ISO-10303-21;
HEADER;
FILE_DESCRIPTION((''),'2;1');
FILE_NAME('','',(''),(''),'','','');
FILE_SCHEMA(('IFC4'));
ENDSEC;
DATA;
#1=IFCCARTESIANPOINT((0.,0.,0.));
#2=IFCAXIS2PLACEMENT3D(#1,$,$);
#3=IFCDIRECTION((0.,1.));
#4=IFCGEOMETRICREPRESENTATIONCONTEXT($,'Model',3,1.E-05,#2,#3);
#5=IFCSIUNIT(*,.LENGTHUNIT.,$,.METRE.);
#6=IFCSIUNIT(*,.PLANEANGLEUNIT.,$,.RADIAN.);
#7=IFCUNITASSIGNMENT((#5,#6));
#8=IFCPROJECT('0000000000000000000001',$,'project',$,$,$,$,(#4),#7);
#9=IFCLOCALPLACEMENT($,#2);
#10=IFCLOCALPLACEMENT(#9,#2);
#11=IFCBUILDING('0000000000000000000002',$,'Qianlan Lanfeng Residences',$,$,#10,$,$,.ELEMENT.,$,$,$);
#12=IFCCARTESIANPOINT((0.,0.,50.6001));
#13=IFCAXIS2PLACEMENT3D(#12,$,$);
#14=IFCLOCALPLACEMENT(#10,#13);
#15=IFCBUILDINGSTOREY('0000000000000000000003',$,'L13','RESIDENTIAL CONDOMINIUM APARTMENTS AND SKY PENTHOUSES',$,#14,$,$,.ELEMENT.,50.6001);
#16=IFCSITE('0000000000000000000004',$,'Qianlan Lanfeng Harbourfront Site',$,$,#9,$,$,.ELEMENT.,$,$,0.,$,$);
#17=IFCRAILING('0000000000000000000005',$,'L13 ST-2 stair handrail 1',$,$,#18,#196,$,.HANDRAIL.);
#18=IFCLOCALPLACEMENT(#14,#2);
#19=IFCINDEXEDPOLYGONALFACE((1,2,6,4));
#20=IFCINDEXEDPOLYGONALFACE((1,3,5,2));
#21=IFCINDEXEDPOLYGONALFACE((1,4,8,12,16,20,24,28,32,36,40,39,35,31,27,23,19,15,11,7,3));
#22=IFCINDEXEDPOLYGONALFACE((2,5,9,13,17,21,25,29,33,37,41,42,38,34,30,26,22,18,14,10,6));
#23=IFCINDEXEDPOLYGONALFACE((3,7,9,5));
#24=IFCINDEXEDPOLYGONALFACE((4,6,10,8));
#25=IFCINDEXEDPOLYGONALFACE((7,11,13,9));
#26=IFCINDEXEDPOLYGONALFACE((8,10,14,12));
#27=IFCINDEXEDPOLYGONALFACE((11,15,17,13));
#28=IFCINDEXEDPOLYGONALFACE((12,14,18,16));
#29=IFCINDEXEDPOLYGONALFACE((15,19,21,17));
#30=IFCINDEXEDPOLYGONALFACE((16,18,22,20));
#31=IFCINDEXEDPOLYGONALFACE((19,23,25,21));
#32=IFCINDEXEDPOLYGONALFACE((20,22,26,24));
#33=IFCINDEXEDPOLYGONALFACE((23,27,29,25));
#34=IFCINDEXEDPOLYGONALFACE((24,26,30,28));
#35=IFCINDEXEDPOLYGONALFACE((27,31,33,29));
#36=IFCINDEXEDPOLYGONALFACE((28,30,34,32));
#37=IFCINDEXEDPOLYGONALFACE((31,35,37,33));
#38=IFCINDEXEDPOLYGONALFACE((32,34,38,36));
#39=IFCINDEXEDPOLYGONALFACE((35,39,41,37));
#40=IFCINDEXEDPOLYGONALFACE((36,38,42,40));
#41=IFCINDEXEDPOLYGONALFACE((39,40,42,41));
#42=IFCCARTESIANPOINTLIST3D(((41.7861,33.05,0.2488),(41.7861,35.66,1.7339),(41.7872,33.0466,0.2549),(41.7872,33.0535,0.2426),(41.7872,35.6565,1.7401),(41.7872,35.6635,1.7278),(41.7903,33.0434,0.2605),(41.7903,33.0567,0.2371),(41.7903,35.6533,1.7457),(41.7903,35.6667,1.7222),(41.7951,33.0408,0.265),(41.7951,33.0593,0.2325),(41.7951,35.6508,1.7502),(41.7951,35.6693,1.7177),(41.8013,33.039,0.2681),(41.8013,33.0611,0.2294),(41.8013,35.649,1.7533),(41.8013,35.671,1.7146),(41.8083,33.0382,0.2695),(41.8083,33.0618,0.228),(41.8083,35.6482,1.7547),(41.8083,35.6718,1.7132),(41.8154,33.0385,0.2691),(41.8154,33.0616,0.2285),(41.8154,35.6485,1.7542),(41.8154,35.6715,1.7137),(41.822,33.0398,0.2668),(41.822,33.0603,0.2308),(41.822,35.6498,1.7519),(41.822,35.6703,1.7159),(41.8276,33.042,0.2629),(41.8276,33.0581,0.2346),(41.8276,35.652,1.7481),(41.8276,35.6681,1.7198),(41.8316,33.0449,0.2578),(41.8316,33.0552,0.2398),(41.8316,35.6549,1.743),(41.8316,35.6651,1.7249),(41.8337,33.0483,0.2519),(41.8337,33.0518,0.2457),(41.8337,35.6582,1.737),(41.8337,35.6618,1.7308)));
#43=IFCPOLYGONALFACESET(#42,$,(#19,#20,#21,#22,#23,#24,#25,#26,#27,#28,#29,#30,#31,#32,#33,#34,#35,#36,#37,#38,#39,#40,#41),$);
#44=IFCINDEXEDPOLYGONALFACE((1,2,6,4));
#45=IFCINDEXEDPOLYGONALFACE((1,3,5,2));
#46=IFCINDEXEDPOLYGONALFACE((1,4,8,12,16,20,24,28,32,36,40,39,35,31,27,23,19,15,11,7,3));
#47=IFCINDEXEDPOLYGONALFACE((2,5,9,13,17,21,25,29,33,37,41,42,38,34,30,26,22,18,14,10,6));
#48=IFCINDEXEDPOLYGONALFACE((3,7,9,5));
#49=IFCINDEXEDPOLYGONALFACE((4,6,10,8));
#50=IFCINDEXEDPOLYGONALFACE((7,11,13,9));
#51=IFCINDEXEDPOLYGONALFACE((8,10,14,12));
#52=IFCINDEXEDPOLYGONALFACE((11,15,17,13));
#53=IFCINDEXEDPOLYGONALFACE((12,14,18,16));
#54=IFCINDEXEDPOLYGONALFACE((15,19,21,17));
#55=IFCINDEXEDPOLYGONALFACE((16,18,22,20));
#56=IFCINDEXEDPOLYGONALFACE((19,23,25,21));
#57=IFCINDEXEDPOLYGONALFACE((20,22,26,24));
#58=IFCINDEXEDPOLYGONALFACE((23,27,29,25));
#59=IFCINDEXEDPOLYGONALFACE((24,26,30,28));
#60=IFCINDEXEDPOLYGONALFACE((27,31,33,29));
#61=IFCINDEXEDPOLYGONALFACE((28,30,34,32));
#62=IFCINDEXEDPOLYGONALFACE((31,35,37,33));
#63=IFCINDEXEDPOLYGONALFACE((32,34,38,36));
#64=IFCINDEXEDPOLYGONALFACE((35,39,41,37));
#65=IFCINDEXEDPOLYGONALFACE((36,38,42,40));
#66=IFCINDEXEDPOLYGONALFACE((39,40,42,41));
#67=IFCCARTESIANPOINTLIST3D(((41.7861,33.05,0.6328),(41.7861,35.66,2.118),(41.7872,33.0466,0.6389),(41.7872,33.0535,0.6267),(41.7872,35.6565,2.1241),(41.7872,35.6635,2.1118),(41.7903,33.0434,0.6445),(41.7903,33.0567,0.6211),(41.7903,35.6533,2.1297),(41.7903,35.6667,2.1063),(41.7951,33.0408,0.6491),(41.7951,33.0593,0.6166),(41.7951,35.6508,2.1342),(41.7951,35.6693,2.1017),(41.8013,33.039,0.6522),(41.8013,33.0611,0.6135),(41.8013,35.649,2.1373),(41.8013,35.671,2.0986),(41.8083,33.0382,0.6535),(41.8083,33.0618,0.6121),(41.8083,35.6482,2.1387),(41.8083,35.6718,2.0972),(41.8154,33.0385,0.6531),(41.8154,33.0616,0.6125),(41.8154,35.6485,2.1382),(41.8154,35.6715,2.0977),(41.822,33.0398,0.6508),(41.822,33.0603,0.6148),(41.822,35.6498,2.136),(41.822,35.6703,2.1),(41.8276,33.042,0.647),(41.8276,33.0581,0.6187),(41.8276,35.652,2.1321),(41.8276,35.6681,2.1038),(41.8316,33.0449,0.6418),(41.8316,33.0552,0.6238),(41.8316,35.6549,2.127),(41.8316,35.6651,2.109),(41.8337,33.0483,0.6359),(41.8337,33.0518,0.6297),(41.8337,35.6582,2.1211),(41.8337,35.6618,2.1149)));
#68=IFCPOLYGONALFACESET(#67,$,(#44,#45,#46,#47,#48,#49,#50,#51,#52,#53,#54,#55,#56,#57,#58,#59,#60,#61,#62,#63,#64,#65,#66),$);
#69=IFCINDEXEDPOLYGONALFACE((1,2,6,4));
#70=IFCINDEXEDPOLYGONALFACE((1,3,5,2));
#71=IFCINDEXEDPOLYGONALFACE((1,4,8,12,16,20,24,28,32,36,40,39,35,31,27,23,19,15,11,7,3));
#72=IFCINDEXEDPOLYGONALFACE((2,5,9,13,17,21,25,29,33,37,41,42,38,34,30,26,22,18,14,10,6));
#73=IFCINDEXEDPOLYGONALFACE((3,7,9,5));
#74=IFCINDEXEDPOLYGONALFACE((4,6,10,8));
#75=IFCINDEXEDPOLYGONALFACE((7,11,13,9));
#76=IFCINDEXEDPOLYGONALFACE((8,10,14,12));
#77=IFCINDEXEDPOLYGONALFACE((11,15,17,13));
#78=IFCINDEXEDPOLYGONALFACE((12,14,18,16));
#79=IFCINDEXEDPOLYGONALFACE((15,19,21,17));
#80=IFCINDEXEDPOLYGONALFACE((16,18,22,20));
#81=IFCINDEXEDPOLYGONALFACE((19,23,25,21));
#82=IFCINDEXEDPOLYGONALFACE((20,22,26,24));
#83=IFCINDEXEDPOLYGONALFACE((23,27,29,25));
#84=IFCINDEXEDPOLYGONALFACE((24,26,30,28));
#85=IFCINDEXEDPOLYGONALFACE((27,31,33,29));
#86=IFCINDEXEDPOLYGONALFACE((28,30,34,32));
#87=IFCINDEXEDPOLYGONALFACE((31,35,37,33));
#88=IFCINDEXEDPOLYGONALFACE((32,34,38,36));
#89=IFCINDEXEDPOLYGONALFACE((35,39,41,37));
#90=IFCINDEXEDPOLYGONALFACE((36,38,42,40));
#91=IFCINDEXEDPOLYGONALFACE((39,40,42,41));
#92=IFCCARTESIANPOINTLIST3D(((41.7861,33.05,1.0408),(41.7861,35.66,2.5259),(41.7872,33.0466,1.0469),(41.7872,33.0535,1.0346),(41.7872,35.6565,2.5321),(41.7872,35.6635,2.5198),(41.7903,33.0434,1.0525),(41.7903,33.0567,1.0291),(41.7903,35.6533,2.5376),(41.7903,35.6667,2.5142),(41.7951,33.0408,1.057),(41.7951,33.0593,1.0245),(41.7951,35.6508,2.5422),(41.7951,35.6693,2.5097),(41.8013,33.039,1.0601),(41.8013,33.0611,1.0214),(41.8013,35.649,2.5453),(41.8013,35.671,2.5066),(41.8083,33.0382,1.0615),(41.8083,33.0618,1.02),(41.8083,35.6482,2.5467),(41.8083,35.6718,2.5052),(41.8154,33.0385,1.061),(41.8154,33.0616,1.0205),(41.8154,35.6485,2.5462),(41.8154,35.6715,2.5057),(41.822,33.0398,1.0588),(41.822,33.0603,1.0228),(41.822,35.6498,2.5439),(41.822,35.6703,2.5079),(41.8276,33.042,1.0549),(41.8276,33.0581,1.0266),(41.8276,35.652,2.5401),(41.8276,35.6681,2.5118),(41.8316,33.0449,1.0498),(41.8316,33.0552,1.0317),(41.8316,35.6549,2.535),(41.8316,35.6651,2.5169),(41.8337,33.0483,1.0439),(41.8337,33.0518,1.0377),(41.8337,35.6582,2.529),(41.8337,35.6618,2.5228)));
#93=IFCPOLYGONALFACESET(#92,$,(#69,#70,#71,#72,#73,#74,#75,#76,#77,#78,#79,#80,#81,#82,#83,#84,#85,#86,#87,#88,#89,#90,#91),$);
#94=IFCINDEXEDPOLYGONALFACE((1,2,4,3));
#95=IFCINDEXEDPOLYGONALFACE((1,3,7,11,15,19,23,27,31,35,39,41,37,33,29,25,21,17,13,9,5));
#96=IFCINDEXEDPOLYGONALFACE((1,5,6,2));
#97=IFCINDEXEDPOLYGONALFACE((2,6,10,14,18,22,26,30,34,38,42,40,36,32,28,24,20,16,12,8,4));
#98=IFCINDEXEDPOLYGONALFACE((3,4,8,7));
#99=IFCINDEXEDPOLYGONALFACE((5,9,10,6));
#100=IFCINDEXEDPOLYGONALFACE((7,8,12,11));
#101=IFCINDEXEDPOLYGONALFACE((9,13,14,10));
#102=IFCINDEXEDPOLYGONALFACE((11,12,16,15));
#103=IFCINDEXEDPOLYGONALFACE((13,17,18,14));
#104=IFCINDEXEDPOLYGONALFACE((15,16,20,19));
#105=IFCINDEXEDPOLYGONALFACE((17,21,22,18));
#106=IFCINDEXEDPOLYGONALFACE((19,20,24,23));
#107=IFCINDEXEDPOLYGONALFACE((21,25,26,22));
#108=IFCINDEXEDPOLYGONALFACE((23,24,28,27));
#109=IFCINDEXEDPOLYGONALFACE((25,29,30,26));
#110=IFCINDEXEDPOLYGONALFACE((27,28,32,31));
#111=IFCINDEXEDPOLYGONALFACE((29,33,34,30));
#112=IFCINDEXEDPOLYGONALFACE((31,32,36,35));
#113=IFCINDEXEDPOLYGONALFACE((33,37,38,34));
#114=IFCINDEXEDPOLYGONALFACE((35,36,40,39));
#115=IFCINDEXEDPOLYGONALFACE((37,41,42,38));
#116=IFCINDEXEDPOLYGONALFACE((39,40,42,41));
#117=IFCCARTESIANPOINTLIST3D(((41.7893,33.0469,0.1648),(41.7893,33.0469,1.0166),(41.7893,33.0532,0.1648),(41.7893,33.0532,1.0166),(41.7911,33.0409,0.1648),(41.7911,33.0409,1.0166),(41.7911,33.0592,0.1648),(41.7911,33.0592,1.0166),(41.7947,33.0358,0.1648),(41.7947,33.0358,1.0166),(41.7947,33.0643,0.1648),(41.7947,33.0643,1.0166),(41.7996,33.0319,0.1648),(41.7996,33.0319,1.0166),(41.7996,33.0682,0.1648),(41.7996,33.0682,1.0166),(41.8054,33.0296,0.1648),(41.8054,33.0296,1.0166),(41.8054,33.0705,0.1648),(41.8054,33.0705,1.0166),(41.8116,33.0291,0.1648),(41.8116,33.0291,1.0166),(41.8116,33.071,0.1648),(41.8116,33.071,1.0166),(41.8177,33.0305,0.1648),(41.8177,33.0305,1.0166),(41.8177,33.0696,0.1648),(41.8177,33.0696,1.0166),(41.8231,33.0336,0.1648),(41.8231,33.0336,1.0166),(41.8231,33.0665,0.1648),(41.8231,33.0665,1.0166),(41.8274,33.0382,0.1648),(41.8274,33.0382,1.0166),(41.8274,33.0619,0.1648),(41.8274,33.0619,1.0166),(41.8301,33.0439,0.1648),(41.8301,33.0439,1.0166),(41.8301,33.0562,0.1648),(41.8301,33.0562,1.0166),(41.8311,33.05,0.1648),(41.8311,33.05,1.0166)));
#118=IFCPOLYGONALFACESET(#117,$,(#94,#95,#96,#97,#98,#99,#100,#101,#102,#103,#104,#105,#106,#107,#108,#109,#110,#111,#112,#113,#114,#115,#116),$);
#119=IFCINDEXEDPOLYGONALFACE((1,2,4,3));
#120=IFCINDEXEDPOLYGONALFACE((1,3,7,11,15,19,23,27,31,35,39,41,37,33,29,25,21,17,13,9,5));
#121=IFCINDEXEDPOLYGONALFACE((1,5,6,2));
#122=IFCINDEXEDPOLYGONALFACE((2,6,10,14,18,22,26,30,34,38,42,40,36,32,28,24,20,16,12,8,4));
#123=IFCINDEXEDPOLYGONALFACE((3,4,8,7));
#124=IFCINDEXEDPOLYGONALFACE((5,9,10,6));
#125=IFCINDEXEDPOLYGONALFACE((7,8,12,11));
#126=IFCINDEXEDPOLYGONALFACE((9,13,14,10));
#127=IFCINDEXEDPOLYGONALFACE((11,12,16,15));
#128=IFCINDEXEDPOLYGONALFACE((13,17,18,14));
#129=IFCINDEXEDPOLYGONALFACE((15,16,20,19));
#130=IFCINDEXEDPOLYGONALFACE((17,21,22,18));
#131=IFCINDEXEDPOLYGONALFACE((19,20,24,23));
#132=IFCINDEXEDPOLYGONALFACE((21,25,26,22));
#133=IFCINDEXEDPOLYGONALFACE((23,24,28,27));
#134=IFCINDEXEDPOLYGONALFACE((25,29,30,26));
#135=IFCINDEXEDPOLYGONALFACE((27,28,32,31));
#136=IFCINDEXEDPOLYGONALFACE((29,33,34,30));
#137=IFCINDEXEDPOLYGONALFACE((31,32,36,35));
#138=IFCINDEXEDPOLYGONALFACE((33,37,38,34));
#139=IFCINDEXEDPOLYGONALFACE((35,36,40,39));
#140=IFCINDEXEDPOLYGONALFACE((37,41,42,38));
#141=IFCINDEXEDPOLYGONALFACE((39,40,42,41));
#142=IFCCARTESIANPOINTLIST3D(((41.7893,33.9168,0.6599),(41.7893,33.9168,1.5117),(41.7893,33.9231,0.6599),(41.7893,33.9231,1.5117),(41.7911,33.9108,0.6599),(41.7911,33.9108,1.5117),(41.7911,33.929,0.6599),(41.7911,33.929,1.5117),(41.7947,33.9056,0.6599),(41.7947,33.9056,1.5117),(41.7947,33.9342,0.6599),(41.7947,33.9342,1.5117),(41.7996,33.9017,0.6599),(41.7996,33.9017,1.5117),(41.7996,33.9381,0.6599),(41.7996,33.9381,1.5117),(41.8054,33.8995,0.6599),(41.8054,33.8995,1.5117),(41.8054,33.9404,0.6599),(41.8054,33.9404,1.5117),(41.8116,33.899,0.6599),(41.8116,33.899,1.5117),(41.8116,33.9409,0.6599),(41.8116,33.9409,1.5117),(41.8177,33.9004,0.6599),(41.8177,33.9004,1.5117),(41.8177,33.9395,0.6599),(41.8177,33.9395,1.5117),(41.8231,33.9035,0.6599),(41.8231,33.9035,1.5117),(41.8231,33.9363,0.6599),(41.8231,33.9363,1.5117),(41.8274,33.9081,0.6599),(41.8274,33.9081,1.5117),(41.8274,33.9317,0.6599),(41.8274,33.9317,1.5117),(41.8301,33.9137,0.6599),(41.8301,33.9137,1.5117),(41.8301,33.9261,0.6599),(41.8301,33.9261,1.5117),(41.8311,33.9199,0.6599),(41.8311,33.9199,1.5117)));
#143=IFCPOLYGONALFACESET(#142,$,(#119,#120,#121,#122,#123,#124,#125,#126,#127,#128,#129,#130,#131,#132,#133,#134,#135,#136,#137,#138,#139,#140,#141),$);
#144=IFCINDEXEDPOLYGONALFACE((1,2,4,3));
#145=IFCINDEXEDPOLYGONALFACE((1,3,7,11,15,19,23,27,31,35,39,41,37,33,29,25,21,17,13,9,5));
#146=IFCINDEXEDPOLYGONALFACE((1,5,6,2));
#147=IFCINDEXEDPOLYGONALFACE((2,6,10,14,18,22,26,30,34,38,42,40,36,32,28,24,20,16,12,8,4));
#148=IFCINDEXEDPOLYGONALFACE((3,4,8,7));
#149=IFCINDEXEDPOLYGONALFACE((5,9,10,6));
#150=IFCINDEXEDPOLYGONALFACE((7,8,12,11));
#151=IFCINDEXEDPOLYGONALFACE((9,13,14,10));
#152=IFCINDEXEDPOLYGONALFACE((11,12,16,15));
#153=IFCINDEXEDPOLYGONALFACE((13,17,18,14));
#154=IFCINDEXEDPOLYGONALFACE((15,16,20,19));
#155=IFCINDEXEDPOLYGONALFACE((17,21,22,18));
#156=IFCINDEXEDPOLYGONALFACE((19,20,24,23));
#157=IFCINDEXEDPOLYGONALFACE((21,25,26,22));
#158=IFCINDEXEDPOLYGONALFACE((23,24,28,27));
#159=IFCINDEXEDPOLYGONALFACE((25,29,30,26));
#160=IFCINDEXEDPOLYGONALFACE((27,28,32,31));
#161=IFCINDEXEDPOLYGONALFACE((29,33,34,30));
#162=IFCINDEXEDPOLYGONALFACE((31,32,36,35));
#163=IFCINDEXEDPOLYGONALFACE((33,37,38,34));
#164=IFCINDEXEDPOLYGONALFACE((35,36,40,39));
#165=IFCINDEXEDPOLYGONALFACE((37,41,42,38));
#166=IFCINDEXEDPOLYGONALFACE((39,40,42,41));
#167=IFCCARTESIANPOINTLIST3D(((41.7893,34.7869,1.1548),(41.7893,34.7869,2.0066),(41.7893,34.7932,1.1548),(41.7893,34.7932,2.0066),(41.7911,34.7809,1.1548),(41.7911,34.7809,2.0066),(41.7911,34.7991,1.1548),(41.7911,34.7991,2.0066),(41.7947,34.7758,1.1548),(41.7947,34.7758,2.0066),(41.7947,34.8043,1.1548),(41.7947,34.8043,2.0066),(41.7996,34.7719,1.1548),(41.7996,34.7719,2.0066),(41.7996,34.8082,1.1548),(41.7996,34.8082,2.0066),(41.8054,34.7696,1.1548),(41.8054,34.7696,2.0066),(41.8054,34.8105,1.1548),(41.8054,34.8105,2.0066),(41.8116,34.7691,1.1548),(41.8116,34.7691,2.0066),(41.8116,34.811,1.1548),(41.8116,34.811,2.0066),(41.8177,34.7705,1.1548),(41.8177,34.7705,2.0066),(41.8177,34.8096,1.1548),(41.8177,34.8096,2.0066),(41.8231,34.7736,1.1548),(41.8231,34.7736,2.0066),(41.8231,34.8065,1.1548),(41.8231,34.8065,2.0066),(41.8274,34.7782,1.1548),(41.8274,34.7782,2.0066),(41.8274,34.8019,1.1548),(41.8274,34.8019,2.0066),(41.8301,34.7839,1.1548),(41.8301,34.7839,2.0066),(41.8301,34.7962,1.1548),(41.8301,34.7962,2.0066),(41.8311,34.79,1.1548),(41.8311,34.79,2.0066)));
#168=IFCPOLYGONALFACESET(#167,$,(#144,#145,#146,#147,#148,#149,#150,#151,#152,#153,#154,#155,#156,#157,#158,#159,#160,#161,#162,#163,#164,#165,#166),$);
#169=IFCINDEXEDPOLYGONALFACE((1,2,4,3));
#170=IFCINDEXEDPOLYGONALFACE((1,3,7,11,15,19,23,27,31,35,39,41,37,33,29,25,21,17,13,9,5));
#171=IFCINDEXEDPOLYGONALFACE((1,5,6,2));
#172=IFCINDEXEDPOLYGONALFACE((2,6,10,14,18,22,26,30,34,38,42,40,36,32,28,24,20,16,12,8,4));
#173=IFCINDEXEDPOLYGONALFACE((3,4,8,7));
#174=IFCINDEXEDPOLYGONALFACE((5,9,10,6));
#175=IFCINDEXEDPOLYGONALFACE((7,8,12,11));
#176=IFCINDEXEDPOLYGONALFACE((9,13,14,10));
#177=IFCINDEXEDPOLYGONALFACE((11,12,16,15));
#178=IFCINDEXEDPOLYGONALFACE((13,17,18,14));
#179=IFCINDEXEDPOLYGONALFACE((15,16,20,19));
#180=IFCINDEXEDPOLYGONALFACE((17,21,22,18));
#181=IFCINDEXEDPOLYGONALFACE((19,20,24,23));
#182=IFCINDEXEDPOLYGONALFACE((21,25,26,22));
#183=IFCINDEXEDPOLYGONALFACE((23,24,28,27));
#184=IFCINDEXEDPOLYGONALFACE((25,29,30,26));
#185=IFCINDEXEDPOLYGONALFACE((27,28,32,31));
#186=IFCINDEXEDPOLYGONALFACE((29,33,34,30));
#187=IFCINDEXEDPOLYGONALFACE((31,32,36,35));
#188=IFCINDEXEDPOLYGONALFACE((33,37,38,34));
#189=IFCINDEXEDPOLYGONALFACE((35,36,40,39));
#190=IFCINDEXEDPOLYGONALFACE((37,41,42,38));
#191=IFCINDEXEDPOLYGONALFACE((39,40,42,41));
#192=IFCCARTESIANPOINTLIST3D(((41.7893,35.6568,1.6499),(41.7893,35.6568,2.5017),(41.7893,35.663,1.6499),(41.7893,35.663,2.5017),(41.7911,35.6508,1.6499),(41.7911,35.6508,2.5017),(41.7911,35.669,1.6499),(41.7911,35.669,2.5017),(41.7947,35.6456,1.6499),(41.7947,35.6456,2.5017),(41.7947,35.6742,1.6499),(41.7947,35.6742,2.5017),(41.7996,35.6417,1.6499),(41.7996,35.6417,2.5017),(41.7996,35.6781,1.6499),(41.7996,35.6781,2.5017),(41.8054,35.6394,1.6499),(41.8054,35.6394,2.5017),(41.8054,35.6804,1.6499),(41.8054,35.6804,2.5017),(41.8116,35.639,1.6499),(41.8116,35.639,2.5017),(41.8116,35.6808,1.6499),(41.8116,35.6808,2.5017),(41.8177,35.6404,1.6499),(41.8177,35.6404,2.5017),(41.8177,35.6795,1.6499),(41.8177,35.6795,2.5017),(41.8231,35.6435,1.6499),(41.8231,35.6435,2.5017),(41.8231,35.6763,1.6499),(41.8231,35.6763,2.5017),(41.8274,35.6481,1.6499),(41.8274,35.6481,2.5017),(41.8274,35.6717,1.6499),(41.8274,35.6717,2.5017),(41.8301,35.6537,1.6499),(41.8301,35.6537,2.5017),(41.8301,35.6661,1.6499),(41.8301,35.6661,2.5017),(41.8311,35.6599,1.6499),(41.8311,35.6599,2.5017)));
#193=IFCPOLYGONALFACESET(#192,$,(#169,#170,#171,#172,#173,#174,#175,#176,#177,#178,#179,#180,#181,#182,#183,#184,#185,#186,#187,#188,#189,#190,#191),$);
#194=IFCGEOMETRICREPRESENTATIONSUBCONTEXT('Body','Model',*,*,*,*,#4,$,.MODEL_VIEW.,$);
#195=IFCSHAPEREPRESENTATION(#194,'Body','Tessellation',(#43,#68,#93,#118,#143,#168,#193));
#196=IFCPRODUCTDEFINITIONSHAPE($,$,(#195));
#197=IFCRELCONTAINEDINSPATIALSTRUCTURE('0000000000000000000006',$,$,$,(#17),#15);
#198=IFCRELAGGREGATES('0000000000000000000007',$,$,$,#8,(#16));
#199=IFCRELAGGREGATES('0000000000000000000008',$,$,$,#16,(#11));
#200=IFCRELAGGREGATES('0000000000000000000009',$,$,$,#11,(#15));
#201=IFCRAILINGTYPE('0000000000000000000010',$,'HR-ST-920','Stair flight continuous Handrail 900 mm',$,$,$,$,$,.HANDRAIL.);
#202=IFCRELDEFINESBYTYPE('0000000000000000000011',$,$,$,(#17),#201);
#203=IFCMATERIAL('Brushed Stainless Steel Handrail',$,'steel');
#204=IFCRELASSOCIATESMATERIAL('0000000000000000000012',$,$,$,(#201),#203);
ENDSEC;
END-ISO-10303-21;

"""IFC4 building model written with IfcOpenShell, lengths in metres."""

from ifc_helpers import new_model, si_unit, direction, frame, origin, origin_2d, place, context, subcontext, project, spatial, circle, extrude, material, type_object, element, save


model = new_model("IFC4")

# Units and contexts
model_context = context("Model", 3, precision=1e-05, world=origin(), true_north=direction((0.0, 1.0)))
body_context = subcontext(model_context, "Body", "Model", "MODEL_VIEW")
ifc_project = project(units=[si_unit("LENGTHUNIT", "METRE"), si_unit("PLANEANGLEUNIT", "RADIAN")], contexts=[model_context])

# Site, building, storey
site_placement = place(None, origin())
site = spatial("IfcSite", under=ifc_project, at=site_placement, Name="Qianlan Lanfeng Harbourfront Site", CompositionType="ELEMENT", RefElevation=0.0)
building_placement = place(site_placement, origin())
building = spatial("IfcBuilding", under=site, at=building_placement, Name="Qianlan Lanfeng Residences", CompositionType="ELEMENT")
storey_placement = place(building_placement, frame((0.0, 0.0, 50.6001)))
storey = spatial("IfcBuildingStorey", under=building, at=storey_placement, Name="L13", Description="RESIDENTIAL CONDOMINIUM APARTMENTS AND SKY PENTHOUSES", CompositionType="ELEMENT", Elevation=50.6001)

# Railing
ifc_material_1 = material(Name="Brushed Stainless Steel Handrail", Category="steel")
railing_type_1 = type_object("IfcRailingType", Name="HR-ST-920", Description="Stair flight continuous Handrail 900 mm", PredefinedType="HANDRAIL", material=ifc_material_1)
railing_1_placement = place(storey_placement, frame((41.8101, 33.05, 0.1648)))
element("IfcRailing", 1, at=railing_1_placement, inside=storey, type_object=railing_type_1, Name="L13 ST-2 stair handrail 1", PredefinedType="HANDRAIL", context=body_context, shape_type="SweptSolid", body=[
    extrude(circle(Radius=0.0239, at=origin_2d()), frame((0.0, 0.0, 0.084), z_axis=(0.0, 0.869137, 0.494571), x_axis=(-1.0, 0.0, 0.0)), (0.0, 0.0, 1.0), 3.0029),
    extrude(circle(Radius=0.0239, at=origin_2d()), frame((0.0, 0.0, 0.468), z_axis=(0.0, 0.869137, 0.494571), x_axis=(-1.0, 0.0, 0.0)), (0.0, 0.0, 1.0), 3.0029),
    extrude(circle(Radius=0.0239, at=origin_2d()), frame((0.0, 0.0, 0.876), z_axis=(0.0, 0.869137, 0.494571), x_axis=(-1.0, 0.0, 0.0)), (0.0, 0.0, 1.0), 3.0029),
    extrude(circle(Radius=0.021, at=origin_2d()), origin(), (0.0, 0.0, 1.0), 0.8518),
    extrude(circle(Radius=0.021, at=origin_2d()), frame((0.0, 0.8699, 0.4951)), (0.0, 0.0, 1.0), 0.8518),
    extrude(circle(Radius=0.021, at=origin_2d()), frame((0.0, 1.74, 0.99)), (0.0, 0.0, 1.0), 0.8518),
    extrude(circle(Radius=0.021, at=origin_2d()), frame((0.0, 2.6099, 1.4851)), (0.0, 0.0, 1.0), 0.8518),
])

save(model, "model.ifc")
